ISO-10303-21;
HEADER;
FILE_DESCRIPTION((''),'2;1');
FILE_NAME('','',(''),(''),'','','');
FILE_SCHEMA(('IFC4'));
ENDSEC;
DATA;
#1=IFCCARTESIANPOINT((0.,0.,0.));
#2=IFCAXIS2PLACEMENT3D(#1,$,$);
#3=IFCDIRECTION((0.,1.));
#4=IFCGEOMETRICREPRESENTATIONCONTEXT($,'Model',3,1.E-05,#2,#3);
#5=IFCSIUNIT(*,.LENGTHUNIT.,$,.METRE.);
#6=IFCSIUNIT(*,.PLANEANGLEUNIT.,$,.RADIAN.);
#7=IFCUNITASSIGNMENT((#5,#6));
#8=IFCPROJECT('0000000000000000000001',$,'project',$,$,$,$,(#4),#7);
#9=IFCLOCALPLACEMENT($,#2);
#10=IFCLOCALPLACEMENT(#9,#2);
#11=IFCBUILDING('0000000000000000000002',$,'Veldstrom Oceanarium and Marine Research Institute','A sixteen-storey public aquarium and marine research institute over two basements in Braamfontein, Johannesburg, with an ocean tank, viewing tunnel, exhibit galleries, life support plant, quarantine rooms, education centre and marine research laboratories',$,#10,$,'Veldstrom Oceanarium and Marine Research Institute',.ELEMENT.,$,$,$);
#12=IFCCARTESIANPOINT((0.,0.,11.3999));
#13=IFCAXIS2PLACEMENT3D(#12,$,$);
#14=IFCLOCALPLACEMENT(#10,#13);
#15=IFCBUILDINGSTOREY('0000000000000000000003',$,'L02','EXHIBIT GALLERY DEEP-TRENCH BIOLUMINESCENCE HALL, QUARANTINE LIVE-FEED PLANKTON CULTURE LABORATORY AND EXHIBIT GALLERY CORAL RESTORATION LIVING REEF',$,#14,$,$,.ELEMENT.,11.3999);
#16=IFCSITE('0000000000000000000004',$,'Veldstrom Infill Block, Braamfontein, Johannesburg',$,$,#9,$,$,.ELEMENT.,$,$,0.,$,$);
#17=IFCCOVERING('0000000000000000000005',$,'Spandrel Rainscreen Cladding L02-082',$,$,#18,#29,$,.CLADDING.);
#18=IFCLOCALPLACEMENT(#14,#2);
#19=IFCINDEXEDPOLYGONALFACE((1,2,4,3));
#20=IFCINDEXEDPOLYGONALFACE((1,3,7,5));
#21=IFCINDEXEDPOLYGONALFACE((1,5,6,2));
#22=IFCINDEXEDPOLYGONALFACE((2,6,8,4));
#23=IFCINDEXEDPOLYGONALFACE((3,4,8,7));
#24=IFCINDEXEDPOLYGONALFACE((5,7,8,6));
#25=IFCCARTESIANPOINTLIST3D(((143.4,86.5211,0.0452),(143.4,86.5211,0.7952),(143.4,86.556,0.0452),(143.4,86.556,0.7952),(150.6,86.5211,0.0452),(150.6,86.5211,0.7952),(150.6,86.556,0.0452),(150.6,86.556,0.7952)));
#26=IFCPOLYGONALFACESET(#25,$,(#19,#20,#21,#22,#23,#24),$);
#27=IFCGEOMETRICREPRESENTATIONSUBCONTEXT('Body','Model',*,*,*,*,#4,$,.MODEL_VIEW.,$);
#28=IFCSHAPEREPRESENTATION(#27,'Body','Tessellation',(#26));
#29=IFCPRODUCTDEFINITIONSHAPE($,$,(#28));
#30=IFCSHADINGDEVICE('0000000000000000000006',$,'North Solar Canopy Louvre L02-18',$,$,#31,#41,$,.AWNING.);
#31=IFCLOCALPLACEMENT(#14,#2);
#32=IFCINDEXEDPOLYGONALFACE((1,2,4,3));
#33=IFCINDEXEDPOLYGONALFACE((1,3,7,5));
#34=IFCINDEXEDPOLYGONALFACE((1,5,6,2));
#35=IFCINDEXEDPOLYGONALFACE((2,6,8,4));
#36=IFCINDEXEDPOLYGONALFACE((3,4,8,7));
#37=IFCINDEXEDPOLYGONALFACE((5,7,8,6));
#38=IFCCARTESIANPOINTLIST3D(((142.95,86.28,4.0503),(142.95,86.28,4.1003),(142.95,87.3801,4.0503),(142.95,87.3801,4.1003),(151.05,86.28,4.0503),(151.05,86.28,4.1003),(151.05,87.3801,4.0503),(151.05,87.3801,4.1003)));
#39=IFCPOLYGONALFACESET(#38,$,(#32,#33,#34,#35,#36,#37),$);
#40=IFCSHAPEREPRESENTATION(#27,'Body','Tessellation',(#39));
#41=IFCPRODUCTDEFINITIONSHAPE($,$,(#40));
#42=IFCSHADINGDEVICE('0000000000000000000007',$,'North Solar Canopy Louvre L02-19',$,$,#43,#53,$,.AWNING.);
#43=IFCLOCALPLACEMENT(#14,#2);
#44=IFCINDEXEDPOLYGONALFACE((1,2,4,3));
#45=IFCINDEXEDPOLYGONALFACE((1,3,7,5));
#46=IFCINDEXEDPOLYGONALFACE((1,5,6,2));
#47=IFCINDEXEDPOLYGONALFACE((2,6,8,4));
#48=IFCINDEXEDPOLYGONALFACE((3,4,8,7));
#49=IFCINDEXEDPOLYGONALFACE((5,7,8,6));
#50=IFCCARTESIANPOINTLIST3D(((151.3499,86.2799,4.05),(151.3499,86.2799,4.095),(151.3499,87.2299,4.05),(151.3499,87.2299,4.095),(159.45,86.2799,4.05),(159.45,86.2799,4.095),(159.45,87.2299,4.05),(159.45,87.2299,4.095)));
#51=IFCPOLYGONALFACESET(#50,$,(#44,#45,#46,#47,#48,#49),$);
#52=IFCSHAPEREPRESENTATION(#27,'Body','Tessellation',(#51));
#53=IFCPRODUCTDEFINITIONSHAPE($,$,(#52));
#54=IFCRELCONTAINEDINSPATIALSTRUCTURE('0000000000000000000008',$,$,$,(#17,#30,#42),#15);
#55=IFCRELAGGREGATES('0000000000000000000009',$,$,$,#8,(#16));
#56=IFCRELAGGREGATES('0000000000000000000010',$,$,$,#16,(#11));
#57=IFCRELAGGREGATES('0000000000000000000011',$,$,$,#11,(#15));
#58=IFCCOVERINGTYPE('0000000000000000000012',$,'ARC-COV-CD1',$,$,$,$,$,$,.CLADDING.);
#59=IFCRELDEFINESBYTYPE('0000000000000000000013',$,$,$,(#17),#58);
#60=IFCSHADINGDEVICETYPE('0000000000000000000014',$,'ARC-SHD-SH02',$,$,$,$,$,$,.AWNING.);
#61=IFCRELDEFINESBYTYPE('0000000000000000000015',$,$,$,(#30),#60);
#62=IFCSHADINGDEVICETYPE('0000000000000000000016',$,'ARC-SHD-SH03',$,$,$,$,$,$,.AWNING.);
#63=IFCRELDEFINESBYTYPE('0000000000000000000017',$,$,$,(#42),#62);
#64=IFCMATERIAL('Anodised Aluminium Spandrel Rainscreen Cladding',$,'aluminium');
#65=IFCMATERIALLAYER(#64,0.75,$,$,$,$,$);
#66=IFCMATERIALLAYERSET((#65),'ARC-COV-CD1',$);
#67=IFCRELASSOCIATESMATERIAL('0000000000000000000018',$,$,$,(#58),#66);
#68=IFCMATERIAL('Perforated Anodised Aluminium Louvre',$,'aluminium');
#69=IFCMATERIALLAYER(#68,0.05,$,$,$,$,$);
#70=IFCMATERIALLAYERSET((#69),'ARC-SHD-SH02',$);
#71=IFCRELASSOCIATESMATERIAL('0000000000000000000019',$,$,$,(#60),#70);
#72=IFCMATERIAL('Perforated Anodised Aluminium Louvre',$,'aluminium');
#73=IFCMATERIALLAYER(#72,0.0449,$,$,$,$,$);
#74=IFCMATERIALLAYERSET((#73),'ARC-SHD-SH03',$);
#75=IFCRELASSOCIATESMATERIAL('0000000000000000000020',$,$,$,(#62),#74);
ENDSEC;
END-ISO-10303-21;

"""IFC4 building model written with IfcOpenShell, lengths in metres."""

from ifc_helpers import new_model, si_unit, direction, frame, origin, origin_2d, place, context, subcontext, project, spatial, rectangle, extrude, material, layer, layer_set, type_object, element, save


model = new_model("IFC4")

# Units and contexts
model_context = context("Model", 3, precision=1e-05, world=origin(), true_north=direction((0.0, 1.0)))
body_context = subcontext(model_context, "Body", "Model", "MODEL_VIEW")
ifc_project = project(units=[si_unit("LENGTHUNIT", "METRE"), si_unit("PLANEANGLEUNIT", "RADIAN")], contexts=[model_context])

# Site, building, storey
site_placement = place(None, origin())
site = spatial("IfcSite", under=ifc_project, at=site_placement, Name="Veldstrom Infill Block, Braamfontein, Johannesburg", CompositionType="ELEMENT", RefElevation=0.0)
building_placement = place(site_placement, origin())
building = spatial("IfcBuilding", under=site, at=building_placement, Name="Veldstrom Oceanarium and Marine Research Institute", Description="A sixteen-storey public aquarium and marine research institute over two basements in Braamfontein, Johannesburg, with an ocean tank, viewing tunnel, exhibit galleries, life support plant, quarantine rooms, education centre and marine research laboratories", LongName="Veldstrom Oceanarium and Marine Research Institute", CompositionType="ELEMENT")
storey_placement = place(building_placement, frame((0.0, 0.0, 11.3999)))
storey = spatial("IfcBuildingStorey", under=building, at=storey_placement, Name="L02", Description="EXHIBIT GALLERY DEEP-TRENCH BIOLUMINESCENCE HALL, QUARANTINE LIVE-FEED PLANKTON CULTURE LABORATORY AND EXHIBIT GALLERY CORAL RESTORATION LIVING REEF", CompositionType="ELEMENT", Elevation=11.3999)

# Covering
ifc_material_1 = material(Name="Anodised Aluminium Spandrel Rainscreen Cladding", Category="aluminium")
ifc_layer_1 = layer(ifc_material_1, 0.75)
ifc_layer_set_1 = layer_set([ifc_layer_1], Name="ARC-COV-CD1")
covering_type = type_object("IfcCoveringType", Name="ARC-COV-CD1", PredefinedType="CLADDING", material=ifc_layer_set_1)
covering_placement = place(storey_placement, frame((147.0, 86.5386, 0.0452), z_axis=(0.0, 0.0, 1.0), x_axis=(1.0, 0.0, 0.0)))
element("IfcCovering", 1, at=covering_placement, inside=storey, type_object=covering_type, Name="Spandrel Rainscreen Cladding L02-082", PredefinedType="CLADDING", context=body_context, shape_type="SweptSolid", body=[
    extrude(rectangle(XDim=7.2, YDim=0.0349, at=origin_2d()), origin(), (0.0, 0.0, 1.0), 0.75),
])

# Shading devices
ifc_material_2 = material(Name="Perforated Anodised Aluminium Louvre", Category="aluminium")
ifc_layer_2 = layer(ifc_material_2, 0.05)
ifc_layer_set_2 = layer_set([ifc_layer_2], Name="ARC-SHD-SH02")
shading_device_type_1 = type_object("IfcShadingDeviceType", Name="ARC-SHD-SH02", PredefinedType="AWNING", material=ifc_layer_set_2)
shading_device_1_placement = place(storey_placement, frame((147.0, 86.8301, 4.0503), z_axis=(0.0, 0.0, 1.0), x_axis=(1.0, 0.0, 0.0)))
element("IfcShadingDevice", 2, at=shading_device_1_placement, inside=storey, type_object=shading_device_type_1, Name="North Solar Canopy Louvre L02-18", PredefinedType="AWNING", context=body_context, shape_type="SweptSolid", body=[
    extrude(rectangle(XDim=8.1001, YDim=1.1001, at=origin_2d()), origin(), (0.0, 0.0, 1.0), 0.05),
])
ifc_material_3 = material(Name="Perforated Anodised Aluminium Louvre", Category="aluminium")
ifc_layer_3 = layer(ifc_material_3, 0.0449)
ifc_layer_set_3 = layer_set([ifc_layer_3], Name="ARC-SHD-SH03")
shading_device_type_2 = type_object("IfcShadingDeviceType", Name="ARC-SHD-SH03", PredefinedType="AWNING", material=ifc_layer_set_3)
shading_device_2_placement = place(storey_placement, frame((155.3999, 86.7549, 4.05), z_axis=(0.0, 0.0, 1.0), x_axis=(1.0, 0.0, 0.0)))
element("IfcShadingDevice", 3, at=shading_device_2_placement, inside=storey, type_object=shading_device_type_2, Name="North Solar Canopy Louvre L02-19", PredefinedType="AWNING", context=body_context, shape_type="SweptSolid", body=[
    extrude(rectangle(XDim=8.1001, YDim=0.95, at=origin_2d()), origin(), (0.0, 0.0, 1.0), 0.0449),
])

save(model, "model.ifc")
